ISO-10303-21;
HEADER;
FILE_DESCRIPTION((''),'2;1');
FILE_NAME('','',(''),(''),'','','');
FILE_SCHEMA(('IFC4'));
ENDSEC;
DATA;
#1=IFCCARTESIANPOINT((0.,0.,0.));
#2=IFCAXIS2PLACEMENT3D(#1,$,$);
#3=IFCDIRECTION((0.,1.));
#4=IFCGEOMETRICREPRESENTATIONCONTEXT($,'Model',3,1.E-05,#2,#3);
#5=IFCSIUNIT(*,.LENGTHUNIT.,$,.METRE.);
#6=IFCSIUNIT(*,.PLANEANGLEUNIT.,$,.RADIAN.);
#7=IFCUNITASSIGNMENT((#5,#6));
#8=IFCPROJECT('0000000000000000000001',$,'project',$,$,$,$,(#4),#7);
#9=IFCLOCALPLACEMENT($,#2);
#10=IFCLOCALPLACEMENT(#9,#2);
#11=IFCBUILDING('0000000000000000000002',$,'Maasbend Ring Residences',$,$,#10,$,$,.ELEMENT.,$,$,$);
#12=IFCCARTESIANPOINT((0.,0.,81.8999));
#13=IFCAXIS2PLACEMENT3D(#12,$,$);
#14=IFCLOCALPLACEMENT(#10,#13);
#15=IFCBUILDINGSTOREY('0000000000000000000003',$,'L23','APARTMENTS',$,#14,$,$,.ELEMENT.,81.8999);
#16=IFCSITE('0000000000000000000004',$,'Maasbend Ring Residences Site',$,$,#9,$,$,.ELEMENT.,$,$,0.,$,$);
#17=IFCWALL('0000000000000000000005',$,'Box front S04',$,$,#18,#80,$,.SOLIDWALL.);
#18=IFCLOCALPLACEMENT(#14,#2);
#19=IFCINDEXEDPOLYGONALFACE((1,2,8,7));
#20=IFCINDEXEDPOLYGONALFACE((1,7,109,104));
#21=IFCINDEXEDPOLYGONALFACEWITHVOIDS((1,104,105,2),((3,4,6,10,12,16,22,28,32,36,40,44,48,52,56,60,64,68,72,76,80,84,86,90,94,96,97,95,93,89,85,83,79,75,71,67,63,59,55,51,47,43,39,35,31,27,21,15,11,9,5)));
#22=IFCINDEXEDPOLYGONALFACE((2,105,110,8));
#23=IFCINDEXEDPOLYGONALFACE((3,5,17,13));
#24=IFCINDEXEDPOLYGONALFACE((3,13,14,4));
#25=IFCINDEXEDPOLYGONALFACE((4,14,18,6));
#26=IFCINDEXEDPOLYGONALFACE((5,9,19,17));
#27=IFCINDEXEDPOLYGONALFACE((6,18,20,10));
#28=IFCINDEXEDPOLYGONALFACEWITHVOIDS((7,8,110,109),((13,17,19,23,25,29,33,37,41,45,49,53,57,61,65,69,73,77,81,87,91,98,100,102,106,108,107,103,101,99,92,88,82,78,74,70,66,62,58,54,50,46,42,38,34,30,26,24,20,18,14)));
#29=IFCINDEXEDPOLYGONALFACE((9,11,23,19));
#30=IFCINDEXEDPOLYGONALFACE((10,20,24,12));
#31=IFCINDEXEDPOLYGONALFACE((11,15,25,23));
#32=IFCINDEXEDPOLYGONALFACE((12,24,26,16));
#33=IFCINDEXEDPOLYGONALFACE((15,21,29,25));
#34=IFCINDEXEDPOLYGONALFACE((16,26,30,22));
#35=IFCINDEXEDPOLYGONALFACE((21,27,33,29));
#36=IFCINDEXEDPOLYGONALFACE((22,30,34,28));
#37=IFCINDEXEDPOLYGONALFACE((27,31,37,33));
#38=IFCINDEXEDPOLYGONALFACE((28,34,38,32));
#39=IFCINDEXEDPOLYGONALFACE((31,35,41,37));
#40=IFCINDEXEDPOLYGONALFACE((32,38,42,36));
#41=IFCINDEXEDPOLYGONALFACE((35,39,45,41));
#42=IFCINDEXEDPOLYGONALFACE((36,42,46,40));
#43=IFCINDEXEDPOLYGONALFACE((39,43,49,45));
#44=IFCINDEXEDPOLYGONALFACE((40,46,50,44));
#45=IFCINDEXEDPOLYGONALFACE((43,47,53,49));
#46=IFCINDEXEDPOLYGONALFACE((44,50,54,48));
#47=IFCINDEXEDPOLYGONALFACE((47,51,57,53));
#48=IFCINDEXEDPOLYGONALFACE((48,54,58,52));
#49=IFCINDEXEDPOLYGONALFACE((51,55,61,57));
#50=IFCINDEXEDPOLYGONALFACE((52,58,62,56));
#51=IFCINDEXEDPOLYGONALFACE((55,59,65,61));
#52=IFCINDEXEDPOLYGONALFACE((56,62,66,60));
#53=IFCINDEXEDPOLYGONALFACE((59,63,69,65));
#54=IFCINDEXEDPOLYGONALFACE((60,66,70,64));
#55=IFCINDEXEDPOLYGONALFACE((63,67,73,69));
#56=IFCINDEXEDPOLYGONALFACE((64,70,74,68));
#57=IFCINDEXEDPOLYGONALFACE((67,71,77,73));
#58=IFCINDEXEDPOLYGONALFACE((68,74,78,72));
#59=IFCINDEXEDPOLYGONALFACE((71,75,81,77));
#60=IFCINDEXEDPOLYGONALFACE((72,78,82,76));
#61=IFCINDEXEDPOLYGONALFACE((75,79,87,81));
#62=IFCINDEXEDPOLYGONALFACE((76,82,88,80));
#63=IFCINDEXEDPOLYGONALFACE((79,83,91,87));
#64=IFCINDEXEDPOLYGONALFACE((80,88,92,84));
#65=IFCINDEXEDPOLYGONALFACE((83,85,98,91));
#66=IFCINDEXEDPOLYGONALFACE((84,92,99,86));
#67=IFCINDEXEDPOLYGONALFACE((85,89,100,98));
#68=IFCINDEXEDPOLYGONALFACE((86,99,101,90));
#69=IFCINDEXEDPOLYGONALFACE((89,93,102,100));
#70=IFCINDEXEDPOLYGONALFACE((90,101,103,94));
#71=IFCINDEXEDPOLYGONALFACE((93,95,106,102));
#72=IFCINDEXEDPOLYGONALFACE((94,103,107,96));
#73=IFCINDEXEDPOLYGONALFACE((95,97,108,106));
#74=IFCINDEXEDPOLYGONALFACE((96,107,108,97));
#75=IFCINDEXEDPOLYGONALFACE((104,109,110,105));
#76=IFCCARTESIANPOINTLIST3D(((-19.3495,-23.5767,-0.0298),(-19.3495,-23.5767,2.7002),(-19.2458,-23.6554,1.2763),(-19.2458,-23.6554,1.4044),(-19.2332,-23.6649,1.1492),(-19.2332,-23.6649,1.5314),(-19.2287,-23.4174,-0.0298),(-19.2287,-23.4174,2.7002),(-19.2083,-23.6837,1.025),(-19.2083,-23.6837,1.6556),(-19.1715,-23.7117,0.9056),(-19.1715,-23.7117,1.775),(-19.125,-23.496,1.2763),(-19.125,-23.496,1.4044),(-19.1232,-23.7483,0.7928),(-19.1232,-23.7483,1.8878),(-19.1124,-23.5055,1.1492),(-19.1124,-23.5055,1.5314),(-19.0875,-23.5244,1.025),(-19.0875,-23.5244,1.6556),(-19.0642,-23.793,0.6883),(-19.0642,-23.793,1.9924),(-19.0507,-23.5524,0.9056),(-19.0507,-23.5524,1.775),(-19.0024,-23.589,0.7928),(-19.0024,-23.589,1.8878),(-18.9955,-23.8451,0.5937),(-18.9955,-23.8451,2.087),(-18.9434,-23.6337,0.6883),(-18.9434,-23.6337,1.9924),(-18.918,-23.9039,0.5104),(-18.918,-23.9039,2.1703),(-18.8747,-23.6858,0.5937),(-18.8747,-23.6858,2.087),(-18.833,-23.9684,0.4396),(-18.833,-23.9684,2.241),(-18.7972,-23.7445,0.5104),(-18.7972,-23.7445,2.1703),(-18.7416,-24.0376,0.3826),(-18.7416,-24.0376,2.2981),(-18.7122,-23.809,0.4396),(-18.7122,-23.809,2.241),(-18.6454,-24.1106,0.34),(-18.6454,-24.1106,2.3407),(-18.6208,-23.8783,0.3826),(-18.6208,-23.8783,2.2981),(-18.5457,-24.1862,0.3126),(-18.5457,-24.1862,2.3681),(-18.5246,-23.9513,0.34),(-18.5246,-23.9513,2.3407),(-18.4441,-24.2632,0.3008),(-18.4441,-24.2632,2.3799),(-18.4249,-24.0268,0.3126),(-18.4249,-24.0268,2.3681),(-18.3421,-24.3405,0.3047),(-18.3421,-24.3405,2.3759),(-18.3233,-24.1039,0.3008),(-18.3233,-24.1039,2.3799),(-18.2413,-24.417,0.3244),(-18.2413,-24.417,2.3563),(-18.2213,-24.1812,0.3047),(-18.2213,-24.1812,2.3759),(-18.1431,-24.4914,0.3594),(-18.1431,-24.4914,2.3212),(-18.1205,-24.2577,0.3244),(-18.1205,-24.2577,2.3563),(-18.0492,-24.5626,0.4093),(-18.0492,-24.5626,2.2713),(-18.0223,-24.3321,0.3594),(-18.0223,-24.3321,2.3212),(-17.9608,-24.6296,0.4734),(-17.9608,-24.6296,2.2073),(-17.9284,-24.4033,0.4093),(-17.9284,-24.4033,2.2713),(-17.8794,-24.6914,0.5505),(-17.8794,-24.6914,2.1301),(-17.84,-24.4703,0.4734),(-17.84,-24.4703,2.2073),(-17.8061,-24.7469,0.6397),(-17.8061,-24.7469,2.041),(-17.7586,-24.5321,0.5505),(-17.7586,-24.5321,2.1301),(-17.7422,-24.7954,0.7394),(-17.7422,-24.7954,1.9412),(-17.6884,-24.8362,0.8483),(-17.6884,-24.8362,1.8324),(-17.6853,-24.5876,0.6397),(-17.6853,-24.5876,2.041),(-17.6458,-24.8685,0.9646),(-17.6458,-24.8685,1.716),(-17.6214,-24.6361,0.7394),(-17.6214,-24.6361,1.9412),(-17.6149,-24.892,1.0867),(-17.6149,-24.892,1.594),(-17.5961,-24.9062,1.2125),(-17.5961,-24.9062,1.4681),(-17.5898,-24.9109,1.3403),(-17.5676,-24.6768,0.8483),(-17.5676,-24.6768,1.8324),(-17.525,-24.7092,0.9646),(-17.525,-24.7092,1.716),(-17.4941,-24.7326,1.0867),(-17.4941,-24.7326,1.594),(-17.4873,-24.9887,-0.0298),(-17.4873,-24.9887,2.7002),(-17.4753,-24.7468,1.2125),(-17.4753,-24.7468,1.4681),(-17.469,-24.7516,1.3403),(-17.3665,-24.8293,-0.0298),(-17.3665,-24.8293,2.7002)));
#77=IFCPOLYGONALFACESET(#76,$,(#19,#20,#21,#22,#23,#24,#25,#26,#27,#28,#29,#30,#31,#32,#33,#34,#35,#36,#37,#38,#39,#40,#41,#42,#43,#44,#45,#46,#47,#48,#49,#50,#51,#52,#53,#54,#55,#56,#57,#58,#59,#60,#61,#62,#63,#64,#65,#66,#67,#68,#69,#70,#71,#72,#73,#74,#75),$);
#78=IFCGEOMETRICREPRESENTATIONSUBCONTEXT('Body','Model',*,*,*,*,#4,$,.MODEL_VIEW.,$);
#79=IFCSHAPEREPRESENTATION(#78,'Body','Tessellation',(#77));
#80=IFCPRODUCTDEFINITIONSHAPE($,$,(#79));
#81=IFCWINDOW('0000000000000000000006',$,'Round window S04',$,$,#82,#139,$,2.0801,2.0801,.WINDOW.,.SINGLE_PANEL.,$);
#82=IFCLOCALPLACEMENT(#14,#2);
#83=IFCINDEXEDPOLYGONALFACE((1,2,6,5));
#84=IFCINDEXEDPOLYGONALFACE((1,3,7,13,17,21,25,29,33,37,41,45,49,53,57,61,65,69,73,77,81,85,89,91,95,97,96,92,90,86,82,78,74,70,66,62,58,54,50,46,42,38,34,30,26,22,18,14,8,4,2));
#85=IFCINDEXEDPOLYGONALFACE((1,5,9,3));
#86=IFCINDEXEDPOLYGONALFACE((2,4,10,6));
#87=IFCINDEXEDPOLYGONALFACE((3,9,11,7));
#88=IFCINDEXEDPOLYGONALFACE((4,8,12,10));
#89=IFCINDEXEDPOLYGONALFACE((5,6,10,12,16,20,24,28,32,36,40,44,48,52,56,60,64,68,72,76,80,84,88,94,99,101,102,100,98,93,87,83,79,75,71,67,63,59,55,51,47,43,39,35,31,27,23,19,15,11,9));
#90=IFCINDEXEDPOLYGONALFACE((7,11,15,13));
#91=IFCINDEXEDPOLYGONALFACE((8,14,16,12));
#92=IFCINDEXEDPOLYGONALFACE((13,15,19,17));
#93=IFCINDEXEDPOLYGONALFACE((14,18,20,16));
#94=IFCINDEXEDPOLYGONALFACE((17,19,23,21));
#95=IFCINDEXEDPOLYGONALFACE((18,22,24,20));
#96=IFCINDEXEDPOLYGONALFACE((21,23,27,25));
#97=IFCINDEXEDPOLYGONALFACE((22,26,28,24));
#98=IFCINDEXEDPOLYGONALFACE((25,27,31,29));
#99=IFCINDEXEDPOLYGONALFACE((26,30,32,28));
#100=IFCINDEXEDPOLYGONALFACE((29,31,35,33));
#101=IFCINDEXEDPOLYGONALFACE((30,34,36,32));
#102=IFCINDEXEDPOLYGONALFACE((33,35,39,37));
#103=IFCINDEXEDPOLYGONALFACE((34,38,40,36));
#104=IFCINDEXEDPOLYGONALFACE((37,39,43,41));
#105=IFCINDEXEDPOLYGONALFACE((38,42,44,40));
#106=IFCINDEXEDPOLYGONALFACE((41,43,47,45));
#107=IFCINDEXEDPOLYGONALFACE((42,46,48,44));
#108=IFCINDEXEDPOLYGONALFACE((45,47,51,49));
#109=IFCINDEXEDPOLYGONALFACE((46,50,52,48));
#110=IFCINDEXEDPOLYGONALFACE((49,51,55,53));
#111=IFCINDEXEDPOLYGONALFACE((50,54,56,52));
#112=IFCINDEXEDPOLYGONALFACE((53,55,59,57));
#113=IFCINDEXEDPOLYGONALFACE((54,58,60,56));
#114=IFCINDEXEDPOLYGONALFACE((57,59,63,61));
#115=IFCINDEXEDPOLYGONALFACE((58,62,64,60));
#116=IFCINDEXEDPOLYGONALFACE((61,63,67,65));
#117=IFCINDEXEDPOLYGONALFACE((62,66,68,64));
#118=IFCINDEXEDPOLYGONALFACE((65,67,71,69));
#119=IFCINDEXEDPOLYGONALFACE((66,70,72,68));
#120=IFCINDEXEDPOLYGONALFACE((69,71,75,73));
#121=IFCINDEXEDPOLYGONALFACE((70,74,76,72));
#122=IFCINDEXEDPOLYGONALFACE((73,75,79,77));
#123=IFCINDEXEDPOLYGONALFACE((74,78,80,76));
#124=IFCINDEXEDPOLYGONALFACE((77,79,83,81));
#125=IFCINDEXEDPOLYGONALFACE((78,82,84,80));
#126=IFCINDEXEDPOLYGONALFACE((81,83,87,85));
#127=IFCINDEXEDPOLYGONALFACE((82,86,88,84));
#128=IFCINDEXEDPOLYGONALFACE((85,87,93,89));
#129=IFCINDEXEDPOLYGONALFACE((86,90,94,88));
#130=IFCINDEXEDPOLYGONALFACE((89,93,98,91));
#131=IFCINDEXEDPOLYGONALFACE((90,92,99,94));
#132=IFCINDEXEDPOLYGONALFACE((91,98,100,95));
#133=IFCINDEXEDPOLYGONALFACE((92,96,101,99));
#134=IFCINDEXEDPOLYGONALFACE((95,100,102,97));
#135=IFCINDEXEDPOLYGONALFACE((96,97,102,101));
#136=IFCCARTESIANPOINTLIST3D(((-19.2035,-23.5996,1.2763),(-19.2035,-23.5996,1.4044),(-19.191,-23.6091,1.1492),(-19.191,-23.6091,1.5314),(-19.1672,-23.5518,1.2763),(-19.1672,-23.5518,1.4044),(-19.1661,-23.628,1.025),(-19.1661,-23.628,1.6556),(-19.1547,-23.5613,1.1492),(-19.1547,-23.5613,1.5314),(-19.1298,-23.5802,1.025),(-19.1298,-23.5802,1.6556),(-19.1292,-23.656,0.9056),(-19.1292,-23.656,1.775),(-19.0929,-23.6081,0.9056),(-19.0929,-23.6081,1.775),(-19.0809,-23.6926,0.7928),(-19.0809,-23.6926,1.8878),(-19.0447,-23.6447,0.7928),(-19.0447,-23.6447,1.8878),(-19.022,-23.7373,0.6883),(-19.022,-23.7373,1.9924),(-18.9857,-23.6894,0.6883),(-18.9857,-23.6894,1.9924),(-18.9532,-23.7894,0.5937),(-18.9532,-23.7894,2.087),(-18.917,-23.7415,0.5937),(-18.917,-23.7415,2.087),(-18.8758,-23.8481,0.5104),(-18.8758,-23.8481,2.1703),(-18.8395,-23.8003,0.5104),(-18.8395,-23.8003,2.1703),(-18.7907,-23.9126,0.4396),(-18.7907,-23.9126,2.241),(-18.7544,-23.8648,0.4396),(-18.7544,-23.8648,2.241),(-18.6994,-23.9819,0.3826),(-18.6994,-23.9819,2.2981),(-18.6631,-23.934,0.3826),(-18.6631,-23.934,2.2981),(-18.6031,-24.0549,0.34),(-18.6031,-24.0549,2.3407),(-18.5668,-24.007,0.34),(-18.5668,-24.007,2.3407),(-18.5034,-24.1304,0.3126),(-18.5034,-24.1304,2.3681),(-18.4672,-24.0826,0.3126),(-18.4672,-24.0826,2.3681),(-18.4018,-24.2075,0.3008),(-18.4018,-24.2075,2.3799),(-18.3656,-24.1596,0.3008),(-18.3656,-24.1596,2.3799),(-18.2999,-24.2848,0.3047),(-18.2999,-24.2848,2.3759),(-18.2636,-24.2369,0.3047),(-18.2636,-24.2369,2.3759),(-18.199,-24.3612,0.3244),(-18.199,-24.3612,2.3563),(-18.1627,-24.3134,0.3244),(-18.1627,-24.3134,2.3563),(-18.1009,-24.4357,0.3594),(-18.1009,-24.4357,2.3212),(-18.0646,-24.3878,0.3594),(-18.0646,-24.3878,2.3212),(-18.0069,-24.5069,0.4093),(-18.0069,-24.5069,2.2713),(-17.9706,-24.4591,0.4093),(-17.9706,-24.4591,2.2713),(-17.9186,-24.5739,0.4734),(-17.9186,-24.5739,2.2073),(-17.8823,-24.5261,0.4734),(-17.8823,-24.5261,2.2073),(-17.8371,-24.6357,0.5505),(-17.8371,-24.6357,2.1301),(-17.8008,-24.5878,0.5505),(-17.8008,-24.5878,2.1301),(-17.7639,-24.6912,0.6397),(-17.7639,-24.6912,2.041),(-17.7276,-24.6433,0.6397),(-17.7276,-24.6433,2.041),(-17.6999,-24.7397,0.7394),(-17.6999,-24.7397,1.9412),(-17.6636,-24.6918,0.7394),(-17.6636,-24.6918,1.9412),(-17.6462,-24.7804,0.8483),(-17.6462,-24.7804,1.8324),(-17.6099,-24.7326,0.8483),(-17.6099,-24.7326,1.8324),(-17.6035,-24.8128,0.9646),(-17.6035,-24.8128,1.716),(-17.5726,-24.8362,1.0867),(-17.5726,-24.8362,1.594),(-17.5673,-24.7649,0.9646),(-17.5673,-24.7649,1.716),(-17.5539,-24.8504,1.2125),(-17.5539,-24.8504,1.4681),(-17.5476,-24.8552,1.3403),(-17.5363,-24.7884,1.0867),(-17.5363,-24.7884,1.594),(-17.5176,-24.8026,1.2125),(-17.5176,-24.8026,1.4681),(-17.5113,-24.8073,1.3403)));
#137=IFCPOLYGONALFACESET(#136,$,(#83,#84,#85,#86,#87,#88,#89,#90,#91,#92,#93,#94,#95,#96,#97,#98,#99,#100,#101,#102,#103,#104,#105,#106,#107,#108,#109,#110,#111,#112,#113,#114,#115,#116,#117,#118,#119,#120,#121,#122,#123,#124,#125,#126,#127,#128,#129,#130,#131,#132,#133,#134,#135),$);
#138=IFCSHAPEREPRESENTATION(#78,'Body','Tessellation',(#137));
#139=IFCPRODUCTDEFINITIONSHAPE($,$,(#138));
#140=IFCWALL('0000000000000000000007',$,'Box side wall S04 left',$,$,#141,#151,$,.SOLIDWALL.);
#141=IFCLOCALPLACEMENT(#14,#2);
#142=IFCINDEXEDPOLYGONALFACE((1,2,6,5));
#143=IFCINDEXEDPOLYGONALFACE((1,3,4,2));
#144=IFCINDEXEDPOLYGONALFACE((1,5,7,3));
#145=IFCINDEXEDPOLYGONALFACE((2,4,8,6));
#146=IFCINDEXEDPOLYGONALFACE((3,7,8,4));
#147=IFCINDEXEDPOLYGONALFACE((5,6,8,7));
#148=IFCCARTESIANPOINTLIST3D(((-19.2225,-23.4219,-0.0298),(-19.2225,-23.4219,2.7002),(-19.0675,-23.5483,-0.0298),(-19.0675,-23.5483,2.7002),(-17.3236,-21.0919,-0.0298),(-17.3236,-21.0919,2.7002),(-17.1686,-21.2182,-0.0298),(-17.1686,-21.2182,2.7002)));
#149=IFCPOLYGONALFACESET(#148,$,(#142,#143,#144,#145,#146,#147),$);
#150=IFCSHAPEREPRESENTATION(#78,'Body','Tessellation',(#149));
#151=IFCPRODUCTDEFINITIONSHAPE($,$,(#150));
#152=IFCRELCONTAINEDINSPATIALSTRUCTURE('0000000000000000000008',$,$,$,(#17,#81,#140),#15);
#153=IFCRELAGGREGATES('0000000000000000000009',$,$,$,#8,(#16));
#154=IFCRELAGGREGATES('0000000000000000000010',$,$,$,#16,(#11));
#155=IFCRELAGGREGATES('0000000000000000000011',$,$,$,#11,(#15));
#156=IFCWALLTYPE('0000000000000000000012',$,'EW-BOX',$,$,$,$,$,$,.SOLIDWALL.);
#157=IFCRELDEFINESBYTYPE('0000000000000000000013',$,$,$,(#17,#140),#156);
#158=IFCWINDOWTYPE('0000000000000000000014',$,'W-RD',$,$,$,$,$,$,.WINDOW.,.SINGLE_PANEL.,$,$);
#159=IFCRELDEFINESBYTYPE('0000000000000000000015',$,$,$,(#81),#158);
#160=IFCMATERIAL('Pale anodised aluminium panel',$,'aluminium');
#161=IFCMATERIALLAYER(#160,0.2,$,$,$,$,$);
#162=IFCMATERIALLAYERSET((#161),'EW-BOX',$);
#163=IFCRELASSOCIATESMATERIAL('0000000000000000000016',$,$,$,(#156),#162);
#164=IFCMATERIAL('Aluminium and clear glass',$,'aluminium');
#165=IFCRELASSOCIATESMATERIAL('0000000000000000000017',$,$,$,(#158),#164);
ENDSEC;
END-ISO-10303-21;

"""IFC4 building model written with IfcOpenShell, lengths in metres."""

from ifc_helpers import new_model, si_unit, direction, frame, frame_2d, origin, place, context, subcontext, project, spatial, rectangle, circle, extrude, material, layer, layer_set, type_object, element, fill, save


model = new_model("IFC4")

# Units and contexts
model_context = context("Model", 3, precision=1e-05, world=origin(), true_north=direction((0.0, 1.0)))
body_context = subcontext(model_context, "Body", "Model", "MODEL_VIEW")
ifc_project = project(units=[si_unit("LENGTHUNIT", "METRE"), si_unit("PLANEANGLEUNIT", "RADIAN")], contexts=[model_context])

# Site, building, storey
site_placement = place(None, origin())
site = spatial("IfcSite", under=ifc_project, at=site_placement, Name="Maasbend Ring Residences Site", CompositionType="ELEMENT", RefElevation=0.0)
building_placement = place(site_placement, origin())
building = spatial("IfcBuilding", under=site, at=building_placement, Name="Maasbend Ring Residences", CompositionType="ELEMENT")
storey_placement = place(building_placement, frame((0.0, 0.0, 81.8999)))
storey = spatial("IfcBuildingStorey", under=building, at=storey_placement, Name="L23", Description="APARTMENTS", CompositionType="ELEMENT", Elevation=81.8999)

# Shared definitions
ifc_material_1 = material(Name="Pale anodised aluminium panel", Category="aluminium")
ifc_layer_1 = layer(ifc_material_1, 0.2)
ifc_layer_set_1 = layer_set([ifc_layer_1], Name="EW-BOX")
wall_type_1 = type_object("IfcWallType", Name="EW-BOX", PredefinedType="SOLIDWALL", material=ifc_layer_set_1)
ifc_material_2 = material(Name="Aluminium and clear glass", Category="aluminium")
window_type_1 = type_object("IfcWindowType", Name="W-RD", PartitioningType="SINGLE_PANEL", PredefinedType="WINDOW", material=ifc_material_2)

# Wall, opening, window
wall_1_placement = place(storey_placement, frame((-19.2891, -23.4971, -0.0298), z_axis=(0.0, 0.0, 1.0), x_axis=(0.796842, -0.604188, 0.0)))
wall_1 = element("IfcWall", 1, at=wall_1_placement, inside=storey, type_object=wall_type_1, Name="Box front S04", PredefinedType="SOLIDWALL", context=body_context, shape_type="SweptSolid", body=[
    extrude(rectangle(XDim=2.3369, YDim=0.2, at=frame_2d((1.1685, 0.0))), origin(), (0.0, 0.0, 1.0), 2.73),
])
opening_1_placement = place(wall_1_placement, frame((0.1282, 0.0, 0.3301)))
opening_1 = element("IfcOpeningElement", 2, at=opening_1_placement, cuts=wall_1, PredefinedType="OPENING", context=body_context, shape_type="SweptSolid", body=[
    extrude(circle(Radius=1.04, at=frame_2d((1.04, 1.04))), frame((0.0, 0.1099, 0.0), z_axis=(0.0, -1.0, 0.0), x_axis=(1.0, 0.0, 0.0)), (0.0, 0.0, 1.0), 0.22),
])
window_1_placement = place(opening_1_placement, origin())
window_1 = element("IfcWindow", 3, at=window_1_placement, inside=storey, type_object=window_type_1, Name="Round window S04", OverallHeight=2.0801, OverallWidth=2.0801, PartitioningType="SINGLE_PANEL", PredefinedType="WINDOW", context=body_context, shape_type="SweptSolid", body=[
    extrude(circle(Radius=1.04, at=frame_2d((1.04, 1.04))), frame((0.0, 0.03, 0.0), z_axis=(0.0, -1.0, 0.0), x_axis=(1.0, 0.0, 0.0)), (0.0, 0.0, 1.0), 0.0601),
])
fill(opening_1, window_1)

# Wall
wall_2_placement = place(storey_placement, frame((-17.2461, -21.155, -0.0298), z_axis=(0.0, 0.0, 1.0), x_axis=(-0.631742, -0.775179, 0.0)))
element("IfcWall", 4, at=wall_2_placement, inside=storey, type_object=wall_type_1, Name="Box side wall S04 left", PredefinedType="SOLIDWALL", context=body_context, shape_type="SweptSolid", body=[
    extrude(rectangle(XDim=3.0059, YDim=0.2, at=frame_2d((1.5029, 0.0))), origin(), (0.0, 0.0, 1.0), 2.73),
])

save(model, "model.ifc")
